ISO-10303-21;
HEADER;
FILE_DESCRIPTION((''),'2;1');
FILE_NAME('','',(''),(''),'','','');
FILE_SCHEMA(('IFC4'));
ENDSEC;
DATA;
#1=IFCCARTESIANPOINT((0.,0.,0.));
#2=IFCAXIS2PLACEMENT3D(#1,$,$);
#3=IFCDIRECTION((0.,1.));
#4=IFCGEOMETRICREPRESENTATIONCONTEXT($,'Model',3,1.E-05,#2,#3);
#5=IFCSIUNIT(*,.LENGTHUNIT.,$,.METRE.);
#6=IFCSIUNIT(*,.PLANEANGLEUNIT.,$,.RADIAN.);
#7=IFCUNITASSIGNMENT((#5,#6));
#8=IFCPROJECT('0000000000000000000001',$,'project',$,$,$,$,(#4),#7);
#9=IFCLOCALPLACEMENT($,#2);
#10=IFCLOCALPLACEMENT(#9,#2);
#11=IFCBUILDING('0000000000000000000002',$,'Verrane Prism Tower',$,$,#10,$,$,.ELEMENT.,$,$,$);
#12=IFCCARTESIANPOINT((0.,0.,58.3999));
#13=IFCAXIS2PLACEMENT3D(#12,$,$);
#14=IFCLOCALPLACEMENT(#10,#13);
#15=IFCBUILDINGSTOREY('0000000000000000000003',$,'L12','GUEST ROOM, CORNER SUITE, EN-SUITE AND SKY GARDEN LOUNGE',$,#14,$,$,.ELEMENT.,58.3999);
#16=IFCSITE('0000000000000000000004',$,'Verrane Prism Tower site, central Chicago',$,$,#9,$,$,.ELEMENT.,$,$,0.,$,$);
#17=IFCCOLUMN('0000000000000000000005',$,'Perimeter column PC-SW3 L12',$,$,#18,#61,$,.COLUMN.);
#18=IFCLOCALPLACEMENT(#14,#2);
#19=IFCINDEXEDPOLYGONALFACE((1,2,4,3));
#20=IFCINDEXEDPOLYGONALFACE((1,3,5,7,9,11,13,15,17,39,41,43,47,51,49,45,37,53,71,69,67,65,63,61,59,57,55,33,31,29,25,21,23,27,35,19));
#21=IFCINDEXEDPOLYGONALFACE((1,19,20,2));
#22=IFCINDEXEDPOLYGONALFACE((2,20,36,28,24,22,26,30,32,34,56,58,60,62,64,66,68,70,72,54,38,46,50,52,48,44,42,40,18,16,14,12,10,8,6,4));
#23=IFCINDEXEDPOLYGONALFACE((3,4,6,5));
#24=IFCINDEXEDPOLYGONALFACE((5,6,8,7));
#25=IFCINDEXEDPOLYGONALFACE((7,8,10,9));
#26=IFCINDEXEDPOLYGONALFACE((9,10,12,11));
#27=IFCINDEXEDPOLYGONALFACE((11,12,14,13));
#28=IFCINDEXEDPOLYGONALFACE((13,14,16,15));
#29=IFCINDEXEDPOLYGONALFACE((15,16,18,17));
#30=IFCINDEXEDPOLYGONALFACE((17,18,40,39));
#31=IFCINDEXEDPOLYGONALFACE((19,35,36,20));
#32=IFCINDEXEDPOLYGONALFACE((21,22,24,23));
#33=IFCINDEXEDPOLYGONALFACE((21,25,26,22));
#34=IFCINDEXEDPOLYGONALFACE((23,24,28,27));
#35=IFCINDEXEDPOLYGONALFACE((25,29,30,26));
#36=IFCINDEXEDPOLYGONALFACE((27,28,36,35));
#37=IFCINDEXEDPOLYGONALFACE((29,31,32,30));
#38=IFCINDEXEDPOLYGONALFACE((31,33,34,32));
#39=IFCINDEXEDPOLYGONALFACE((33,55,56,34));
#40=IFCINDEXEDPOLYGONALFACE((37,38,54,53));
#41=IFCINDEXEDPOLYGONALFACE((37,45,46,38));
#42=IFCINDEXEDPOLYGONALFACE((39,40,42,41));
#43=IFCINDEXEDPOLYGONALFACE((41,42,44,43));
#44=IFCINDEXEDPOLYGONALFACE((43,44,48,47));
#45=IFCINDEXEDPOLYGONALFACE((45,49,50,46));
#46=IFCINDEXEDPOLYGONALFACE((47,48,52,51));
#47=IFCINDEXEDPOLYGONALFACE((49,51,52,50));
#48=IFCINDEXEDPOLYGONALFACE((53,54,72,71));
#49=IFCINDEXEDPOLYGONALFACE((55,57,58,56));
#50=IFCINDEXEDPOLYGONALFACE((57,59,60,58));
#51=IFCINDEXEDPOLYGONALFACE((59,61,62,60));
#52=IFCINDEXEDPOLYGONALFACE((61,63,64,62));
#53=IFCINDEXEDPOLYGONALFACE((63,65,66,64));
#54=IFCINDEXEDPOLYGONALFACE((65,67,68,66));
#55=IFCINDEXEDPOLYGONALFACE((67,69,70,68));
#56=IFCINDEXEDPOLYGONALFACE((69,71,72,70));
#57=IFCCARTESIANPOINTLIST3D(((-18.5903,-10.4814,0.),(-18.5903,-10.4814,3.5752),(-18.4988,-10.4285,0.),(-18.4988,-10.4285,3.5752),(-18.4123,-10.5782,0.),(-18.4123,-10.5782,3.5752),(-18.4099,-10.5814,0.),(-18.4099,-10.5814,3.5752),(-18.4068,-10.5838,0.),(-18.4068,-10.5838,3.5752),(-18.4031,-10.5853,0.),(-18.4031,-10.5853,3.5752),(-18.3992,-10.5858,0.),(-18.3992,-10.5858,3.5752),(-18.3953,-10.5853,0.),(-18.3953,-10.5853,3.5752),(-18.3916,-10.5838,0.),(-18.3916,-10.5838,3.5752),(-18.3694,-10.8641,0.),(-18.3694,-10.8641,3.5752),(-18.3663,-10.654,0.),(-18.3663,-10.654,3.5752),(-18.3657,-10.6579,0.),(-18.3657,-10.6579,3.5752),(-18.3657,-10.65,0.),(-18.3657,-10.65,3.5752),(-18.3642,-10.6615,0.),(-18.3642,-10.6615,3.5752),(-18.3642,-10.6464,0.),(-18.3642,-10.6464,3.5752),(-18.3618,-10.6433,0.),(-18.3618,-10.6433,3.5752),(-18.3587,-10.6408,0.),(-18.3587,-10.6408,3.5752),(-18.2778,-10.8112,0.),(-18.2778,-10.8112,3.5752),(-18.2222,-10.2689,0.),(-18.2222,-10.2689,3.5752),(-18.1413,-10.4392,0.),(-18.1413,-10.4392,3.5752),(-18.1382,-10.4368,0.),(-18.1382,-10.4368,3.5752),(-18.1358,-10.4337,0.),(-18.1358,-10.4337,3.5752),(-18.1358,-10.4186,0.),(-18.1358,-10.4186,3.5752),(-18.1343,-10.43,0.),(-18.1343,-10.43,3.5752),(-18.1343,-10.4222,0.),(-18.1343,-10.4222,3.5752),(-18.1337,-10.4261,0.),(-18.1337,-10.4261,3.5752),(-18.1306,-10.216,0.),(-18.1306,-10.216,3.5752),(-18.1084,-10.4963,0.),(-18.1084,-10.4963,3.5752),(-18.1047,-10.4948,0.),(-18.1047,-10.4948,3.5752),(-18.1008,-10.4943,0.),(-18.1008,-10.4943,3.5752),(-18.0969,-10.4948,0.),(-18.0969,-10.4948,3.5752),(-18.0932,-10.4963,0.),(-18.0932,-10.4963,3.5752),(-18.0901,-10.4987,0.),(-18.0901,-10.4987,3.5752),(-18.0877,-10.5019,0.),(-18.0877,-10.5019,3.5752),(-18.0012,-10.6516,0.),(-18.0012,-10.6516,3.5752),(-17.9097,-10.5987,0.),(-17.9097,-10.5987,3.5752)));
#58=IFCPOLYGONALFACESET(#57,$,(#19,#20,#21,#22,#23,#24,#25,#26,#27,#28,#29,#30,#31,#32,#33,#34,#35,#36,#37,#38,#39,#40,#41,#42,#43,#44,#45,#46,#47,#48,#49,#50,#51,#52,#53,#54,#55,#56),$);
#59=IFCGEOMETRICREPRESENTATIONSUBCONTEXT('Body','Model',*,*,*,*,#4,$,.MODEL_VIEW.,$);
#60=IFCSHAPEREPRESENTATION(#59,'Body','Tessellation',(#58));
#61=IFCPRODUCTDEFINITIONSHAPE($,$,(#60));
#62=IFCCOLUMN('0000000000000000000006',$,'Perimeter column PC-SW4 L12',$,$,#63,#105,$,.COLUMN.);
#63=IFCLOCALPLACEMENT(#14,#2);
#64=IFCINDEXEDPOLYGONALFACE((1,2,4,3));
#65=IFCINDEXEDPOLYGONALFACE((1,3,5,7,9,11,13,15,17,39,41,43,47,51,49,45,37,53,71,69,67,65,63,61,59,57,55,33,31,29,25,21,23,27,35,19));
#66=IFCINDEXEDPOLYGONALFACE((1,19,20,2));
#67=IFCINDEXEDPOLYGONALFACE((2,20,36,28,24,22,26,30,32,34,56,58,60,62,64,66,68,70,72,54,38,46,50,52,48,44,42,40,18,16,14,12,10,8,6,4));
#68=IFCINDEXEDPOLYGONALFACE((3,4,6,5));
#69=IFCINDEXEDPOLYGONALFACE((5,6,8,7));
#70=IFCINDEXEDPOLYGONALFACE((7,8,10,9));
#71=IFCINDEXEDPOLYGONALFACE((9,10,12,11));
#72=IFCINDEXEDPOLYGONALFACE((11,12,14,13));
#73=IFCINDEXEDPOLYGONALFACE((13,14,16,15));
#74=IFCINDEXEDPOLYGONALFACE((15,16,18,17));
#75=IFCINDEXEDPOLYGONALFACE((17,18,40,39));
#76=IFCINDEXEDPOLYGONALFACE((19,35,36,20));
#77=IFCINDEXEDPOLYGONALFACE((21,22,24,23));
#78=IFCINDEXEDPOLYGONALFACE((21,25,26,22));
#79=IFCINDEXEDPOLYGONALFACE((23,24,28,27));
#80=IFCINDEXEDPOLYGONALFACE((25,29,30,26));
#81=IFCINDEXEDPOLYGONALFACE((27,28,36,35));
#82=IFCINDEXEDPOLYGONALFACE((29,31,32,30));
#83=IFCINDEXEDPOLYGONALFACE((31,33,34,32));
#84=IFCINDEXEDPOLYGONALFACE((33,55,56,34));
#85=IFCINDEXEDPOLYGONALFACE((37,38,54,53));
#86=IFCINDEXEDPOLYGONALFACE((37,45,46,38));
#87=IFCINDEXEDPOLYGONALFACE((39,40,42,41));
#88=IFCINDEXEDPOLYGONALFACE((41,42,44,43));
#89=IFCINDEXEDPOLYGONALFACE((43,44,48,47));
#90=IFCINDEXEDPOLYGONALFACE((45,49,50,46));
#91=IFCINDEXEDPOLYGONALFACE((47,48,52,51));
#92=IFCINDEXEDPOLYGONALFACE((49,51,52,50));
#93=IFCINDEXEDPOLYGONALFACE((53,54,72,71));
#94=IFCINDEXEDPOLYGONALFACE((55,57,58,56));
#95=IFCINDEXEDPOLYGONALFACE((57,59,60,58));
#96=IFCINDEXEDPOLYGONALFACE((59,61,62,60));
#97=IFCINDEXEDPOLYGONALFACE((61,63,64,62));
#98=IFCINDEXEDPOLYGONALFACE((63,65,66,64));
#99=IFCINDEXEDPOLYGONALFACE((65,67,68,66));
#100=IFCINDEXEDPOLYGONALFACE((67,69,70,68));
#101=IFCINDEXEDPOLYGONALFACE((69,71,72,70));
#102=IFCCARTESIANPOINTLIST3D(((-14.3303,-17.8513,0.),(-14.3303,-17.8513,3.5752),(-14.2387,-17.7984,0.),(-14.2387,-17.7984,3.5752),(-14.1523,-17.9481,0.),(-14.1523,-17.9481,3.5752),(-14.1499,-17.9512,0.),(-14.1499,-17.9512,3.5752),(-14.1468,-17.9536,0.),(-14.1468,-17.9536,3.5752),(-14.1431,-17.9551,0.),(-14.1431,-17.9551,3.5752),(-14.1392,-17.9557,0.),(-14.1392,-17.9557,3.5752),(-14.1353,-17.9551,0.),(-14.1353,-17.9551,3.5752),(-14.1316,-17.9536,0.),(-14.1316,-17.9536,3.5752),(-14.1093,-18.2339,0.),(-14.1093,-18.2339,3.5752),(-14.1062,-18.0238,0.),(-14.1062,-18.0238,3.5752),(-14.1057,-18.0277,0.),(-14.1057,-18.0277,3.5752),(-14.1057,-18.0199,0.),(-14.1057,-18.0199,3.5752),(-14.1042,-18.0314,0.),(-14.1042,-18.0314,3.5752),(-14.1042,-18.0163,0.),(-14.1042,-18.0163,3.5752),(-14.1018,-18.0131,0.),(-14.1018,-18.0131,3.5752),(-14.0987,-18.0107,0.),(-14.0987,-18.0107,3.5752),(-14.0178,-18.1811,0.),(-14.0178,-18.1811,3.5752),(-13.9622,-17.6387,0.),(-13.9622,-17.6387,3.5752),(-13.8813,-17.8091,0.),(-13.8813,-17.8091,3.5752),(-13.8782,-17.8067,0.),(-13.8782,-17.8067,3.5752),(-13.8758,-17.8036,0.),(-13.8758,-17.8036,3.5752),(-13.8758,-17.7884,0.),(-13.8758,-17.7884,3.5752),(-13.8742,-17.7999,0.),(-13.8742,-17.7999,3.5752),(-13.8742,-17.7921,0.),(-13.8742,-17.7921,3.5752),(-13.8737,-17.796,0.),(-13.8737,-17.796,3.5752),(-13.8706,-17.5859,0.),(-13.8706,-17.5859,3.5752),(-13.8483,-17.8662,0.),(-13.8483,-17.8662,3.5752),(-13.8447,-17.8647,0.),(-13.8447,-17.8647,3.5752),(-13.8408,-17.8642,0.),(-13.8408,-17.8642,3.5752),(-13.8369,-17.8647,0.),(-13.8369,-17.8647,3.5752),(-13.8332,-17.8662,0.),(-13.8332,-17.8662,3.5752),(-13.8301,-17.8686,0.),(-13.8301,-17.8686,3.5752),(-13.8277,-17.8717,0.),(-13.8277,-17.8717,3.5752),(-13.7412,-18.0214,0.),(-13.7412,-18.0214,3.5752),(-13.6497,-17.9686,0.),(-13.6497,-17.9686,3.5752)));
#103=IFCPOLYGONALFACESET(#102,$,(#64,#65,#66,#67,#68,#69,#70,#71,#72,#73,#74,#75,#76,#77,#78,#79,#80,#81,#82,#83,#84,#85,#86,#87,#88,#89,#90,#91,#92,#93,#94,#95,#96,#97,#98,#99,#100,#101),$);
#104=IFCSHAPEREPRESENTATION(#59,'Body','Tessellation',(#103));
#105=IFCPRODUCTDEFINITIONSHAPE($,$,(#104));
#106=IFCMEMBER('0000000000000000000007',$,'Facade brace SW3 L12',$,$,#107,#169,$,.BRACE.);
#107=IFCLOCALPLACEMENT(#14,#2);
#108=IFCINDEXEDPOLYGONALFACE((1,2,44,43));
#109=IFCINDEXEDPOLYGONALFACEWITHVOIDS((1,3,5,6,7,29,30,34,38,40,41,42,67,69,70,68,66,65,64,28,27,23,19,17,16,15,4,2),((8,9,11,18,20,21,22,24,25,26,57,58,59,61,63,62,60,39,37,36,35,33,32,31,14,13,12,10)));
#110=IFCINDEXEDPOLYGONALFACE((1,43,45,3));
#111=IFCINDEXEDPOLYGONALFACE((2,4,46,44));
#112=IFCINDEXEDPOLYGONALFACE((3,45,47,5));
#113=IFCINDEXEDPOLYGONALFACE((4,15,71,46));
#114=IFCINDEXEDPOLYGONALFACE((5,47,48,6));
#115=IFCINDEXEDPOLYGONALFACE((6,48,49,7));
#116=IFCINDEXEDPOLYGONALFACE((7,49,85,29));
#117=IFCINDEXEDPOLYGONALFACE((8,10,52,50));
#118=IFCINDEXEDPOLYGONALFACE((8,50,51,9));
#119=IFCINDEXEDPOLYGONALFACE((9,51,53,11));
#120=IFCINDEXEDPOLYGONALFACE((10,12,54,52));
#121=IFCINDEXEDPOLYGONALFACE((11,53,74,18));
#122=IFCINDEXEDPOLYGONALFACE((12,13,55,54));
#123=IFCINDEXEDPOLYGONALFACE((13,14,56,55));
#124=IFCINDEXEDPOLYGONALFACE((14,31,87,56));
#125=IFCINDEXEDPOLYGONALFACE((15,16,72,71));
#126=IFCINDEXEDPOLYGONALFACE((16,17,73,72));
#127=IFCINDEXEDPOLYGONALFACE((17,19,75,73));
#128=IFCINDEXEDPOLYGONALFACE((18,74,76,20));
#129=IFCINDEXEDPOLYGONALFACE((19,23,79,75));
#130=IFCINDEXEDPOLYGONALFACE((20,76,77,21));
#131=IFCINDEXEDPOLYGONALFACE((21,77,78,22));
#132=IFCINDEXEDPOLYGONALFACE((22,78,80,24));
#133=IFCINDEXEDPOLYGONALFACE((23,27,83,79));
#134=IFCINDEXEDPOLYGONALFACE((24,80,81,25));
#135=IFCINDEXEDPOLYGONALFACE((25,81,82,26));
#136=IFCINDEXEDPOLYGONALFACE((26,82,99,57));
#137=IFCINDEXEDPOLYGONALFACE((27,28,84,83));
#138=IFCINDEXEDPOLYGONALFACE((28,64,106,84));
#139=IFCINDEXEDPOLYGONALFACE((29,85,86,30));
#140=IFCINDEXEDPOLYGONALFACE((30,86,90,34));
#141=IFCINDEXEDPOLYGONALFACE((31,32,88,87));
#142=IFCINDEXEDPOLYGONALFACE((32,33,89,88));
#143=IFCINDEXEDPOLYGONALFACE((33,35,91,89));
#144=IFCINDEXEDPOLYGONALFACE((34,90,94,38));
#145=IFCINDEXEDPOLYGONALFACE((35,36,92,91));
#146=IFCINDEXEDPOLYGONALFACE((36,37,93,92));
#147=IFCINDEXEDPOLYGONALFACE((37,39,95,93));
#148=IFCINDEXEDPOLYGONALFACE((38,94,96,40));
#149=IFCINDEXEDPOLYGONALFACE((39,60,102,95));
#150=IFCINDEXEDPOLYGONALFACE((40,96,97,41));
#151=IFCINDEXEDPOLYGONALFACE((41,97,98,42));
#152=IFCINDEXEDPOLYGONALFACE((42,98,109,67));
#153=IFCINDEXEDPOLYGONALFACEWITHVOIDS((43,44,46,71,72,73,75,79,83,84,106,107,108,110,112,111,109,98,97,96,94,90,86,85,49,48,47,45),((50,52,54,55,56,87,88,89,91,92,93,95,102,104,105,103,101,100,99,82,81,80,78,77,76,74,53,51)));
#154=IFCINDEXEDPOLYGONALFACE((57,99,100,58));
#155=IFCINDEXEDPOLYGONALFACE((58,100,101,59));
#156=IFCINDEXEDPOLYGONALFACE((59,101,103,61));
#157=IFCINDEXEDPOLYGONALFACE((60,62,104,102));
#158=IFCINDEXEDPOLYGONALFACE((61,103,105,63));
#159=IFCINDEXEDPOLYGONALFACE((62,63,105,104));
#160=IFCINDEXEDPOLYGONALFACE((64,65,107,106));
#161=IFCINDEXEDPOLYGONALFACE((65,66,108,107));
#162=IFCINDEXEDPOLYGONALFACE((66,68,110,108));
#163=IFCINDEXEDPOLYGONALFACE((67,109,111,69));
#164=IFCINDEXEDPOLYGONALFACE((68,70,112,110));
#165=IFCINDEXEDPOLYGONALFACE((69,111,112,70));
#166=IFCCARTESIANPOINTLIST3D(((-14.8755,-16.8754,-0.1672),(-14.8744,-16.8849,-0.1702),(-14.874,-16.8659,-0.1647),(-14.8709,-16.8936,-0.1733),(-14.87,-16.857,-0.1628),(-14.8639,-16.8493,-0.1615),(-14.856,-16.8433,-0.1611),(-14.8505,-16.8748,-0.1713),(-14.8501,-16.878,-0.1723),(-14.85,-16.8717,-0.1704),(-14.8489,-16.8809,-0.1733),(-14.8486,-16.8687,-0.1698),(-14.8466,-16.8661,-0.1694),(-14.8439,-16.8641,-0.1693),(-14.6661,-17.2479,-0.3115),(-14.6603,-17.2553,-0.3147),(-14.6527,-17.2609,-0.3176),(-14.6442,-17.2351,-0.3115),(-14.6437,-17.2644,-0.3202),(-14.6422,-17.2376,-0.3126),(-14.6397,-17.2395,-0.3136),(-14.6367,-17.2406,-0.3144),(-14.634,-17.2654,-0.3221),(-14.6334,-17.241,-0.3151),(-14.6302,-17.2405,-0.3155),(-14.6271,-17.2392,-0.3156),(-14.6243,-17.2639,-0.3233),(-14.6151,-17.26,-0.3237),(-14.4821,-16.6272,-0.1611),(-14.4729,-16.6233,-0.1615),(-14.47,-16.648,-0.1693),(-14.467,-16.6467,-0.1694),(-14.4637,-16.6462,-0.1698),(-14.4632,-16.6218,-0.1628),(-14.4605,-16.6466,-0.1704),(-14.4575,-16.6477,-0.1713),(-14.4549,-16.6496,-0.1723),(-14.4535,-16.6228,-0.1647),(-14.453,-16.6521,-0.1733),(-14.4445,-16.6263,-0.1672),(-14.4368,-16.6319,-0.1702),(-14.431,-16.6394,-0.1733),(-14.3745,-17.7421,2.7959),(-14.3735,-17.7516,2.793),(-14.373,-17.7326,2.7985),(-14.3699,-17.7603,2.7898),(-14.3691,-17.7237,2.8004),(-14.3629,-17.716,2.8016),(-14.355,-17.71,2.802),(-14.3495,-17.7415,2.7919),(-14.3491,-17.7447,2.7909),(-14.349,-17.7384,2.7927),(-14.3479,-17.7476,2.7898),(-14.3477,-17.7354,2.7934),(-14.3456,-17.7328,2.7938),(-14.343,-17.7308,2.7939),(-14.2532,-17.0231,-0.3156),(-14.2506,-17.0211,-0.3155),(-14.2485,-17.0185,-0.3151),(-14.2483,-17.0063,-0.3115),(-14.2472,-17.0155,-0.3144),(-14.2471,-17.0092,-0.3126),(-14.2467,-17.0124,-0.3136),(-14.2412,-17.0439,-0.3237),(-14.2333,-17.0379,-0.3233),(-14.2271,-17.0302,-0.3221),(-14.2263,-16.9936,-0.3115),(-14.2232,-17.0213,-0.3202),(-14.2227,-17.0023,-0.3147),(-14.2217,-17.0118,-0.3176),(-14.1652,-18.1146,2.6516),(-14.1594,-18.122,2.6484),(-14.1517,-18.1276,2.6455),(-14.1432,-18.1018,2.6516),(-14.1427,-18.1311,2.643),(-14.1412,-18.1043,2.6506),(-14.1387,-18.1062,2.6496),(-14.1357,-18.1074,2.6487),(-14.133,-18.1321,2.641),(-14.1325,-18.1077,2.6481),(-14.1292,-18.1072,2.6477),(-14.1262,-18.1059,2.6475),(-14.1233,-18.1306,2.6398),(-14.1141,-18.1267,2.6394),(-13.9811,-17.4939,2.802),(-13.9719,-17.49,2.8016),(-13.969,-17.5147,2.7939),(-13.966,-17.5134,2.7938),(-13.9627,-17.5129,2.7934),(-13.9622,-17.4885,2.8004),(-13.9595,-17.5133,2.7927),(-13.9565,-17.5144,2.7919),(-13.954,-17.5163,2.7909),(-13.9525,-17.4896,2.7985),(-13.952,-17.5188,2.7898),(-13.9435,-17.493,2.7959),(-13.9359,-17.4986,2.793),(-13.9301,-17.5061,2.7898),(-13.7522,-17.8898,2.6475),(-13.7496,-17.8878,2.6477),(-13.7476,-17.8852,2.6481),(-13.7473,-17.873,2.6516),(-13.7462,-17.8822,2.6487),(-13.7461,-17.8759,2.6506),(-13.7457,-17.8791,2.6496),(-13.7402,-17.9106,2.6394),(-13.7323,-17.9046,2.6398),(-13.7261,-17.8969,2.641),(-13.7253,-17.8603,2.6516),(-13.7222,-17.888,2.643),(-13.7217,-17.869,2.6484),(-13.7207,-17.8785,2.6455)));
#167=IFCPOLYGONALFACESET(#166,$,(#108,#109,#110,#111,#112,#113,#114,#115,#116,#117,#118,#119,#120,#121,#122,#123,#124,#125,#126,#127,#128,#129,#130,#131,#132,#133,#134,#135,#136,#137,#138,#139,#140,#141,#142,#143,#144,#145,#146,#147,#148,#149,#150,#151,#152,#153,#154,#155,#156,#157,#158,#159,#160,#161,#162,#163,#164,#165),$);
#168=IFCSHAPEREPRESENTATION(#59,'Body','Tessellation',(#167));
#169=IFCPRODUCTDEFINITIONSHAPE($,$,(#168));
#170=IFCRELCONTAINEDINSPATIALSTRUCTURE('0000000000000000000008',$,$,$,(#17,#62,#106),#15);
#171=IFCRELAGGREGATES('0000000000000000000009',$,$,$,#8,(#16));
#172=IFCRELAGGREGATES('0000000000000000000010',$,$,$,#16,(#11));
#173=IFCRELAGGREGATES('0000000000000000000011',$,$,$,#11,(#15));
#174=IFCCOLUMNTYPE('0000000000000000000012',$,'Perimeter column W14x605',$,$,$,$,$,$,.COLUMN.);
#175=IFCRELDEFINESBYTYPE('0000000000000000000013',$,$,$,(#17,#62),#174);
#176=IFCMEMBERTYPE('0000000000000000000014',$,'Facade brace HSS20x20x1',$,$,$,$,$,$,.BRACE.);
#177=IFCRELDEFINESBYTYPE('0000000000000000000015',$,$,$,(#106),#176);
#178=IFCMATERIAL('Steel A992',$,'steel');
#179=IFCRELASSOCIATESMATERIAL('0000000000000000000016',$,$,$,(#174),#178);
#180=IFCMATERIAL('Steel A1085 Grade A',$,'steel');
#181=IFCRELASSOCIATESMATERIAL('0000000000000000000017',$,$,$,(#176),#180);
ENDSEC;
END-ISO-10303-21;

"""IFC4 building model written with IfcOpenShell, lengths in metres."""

from ifc_helpers import new_model, si_unit, direction, frame, origin, origin_2d, place, context, subcontext, project, spatial, hollow_rectangle, i_section, extrude, material, material_profile, profile_set, type_object, element, save


model = new_model("IFC4")

# Units and contexts
model_context = context("Model", 3, precision=1e-05, world=origin(), true_north=direction((0.0, 1.0)))
body_context = subcontext(model_context, "Body", "Model", "MODEL_VIEW")
ifc_project = project(units=[si_unit("LENGTHUNIT", "METRE"), si_unit("PLANEANGLEUNIT", "RADIAN")], contexts=[model_context])

# Site, building, storey
site_placement = place(None, origin())
site = spatial("IfcSite", under=ifc_project, at=site_placement, Name="Verrane Prism Tower site, central Chicago", CompositionType="ELEMENT", RefElevation=0.0)
building_placement = place(site_placement, origin())
building = spatial("IfcBuilding", under=site, at=building_placement, Name="Verrane Prism Tower", CompositionType="ELEMENT")
storey_placement = place(building_placement, frame((0.0, 0.0, 58.3999)))
storey = spatial("IfcBuildingStorey", under=building, at=storey_placement, Name="L12", Description="GUEST ROOM, CORNER SUITE, EN-SUITE AND SKY GARDEN LOUNGE", CompositionType="ELEMENT", Elevation=58.3999)

# Columns
ifc_material_1 = material(Name="Steel A992", Category="steel")
ifc_material_profile_1 = material_profile(ifc_material_1, i_section(OverallWidth=0.4419, OverallDepth=0.5308, WebThickness=0.0659, FlangeThickness=0.1057, FilletRadius=0.0151, at=origin_2d()), Name="W14x605")
ifc_profile_set_1 = profile_set([ifc_material_profile_1], Name="Steel A992")
column_type = type_object("IfcColumnType", Name="Perimeter column W14x605", PredefinedType="COLUMN", material=ifc_profile_set_1)
for number, where, z_axis, x_axis, name in (
    (1, (-18.25, -10.54, 0.0), (0.0, 0.0, 1.0), (-0.5, 0.866025, 0.0), "Perimeter column PC-SW3 L12"),
    (2, (-13.99, -17.9099, 0.0), (0.0, 0.0, 1.0), (-0.5, 0.866025, 0.0), "Perimeter column PC-SW4 L12"),
):
    element("IfcColumn", number, at=place(storey_placement, frame(where, z_axis=z_axis, x_axis=x_axis)), inside=storey, type_object=column_type, Name=name, PredefinedType="COLUMN", context=body_context, shape_type="SweptSolid", body=[
        extrude(i_section(OverallWidth=0.4419, OverallDepth=0.5308, WebThickness=0.0659, FlangeThickness=0.1057, FilletRadius=0.0151, at=origin_2d()), origin(), (0.0, 0.0, 1.0), 3.5752),
    ])

# Member
ifc_material_2 = material(Name="Steel A1085 Grade A", Category="steel")
ifc_material_profile_2 = material_profile(ifc_material_2, hollow_rectangle(XDim=0.5081, YDim=0.5081, WallThickness=0.0254, InnerFilletRadius=0.0127, OuterFilletRadius=0.0381, at=origin_2d()), Name="HSS20x20x1")
ifc_profile_set_2 = profile_set([ifc_material_profile_2], Name="Steel A1085 Grade A")
member_type_1 = type_object("IfcMemberType", Name="Facade brace HSS20x20x1", PredefinedType="BRACE", material=ifc_profile_set_2)
member_1_placement = place(storey_placement, frame((-14.5486, -16.9436, -0.2424), z_axis=(0.160176, -0.277107, 0.947394), x_axis=(0.865771, 0.50044, 0.0)))
element("IfcMember", 3, at=member_1_placement, inside=storey, type_object=member_type_1, Name="Facade brace SW3 L12", PredefinedType="BRACE", context=body_context, shape_type="SweptSolid", body=[
    extrude(hollow_rectangle(XDim=0.5081, YDim=0.5081, WallThickness=0.0254, InnerFilletRadius=0.0127, OuterFilletRadius=0.0381, at=origin_2d()), origin(), (0.0, 0.0, 1.0), 3.1277),
])

save(model, "model.ifc")
